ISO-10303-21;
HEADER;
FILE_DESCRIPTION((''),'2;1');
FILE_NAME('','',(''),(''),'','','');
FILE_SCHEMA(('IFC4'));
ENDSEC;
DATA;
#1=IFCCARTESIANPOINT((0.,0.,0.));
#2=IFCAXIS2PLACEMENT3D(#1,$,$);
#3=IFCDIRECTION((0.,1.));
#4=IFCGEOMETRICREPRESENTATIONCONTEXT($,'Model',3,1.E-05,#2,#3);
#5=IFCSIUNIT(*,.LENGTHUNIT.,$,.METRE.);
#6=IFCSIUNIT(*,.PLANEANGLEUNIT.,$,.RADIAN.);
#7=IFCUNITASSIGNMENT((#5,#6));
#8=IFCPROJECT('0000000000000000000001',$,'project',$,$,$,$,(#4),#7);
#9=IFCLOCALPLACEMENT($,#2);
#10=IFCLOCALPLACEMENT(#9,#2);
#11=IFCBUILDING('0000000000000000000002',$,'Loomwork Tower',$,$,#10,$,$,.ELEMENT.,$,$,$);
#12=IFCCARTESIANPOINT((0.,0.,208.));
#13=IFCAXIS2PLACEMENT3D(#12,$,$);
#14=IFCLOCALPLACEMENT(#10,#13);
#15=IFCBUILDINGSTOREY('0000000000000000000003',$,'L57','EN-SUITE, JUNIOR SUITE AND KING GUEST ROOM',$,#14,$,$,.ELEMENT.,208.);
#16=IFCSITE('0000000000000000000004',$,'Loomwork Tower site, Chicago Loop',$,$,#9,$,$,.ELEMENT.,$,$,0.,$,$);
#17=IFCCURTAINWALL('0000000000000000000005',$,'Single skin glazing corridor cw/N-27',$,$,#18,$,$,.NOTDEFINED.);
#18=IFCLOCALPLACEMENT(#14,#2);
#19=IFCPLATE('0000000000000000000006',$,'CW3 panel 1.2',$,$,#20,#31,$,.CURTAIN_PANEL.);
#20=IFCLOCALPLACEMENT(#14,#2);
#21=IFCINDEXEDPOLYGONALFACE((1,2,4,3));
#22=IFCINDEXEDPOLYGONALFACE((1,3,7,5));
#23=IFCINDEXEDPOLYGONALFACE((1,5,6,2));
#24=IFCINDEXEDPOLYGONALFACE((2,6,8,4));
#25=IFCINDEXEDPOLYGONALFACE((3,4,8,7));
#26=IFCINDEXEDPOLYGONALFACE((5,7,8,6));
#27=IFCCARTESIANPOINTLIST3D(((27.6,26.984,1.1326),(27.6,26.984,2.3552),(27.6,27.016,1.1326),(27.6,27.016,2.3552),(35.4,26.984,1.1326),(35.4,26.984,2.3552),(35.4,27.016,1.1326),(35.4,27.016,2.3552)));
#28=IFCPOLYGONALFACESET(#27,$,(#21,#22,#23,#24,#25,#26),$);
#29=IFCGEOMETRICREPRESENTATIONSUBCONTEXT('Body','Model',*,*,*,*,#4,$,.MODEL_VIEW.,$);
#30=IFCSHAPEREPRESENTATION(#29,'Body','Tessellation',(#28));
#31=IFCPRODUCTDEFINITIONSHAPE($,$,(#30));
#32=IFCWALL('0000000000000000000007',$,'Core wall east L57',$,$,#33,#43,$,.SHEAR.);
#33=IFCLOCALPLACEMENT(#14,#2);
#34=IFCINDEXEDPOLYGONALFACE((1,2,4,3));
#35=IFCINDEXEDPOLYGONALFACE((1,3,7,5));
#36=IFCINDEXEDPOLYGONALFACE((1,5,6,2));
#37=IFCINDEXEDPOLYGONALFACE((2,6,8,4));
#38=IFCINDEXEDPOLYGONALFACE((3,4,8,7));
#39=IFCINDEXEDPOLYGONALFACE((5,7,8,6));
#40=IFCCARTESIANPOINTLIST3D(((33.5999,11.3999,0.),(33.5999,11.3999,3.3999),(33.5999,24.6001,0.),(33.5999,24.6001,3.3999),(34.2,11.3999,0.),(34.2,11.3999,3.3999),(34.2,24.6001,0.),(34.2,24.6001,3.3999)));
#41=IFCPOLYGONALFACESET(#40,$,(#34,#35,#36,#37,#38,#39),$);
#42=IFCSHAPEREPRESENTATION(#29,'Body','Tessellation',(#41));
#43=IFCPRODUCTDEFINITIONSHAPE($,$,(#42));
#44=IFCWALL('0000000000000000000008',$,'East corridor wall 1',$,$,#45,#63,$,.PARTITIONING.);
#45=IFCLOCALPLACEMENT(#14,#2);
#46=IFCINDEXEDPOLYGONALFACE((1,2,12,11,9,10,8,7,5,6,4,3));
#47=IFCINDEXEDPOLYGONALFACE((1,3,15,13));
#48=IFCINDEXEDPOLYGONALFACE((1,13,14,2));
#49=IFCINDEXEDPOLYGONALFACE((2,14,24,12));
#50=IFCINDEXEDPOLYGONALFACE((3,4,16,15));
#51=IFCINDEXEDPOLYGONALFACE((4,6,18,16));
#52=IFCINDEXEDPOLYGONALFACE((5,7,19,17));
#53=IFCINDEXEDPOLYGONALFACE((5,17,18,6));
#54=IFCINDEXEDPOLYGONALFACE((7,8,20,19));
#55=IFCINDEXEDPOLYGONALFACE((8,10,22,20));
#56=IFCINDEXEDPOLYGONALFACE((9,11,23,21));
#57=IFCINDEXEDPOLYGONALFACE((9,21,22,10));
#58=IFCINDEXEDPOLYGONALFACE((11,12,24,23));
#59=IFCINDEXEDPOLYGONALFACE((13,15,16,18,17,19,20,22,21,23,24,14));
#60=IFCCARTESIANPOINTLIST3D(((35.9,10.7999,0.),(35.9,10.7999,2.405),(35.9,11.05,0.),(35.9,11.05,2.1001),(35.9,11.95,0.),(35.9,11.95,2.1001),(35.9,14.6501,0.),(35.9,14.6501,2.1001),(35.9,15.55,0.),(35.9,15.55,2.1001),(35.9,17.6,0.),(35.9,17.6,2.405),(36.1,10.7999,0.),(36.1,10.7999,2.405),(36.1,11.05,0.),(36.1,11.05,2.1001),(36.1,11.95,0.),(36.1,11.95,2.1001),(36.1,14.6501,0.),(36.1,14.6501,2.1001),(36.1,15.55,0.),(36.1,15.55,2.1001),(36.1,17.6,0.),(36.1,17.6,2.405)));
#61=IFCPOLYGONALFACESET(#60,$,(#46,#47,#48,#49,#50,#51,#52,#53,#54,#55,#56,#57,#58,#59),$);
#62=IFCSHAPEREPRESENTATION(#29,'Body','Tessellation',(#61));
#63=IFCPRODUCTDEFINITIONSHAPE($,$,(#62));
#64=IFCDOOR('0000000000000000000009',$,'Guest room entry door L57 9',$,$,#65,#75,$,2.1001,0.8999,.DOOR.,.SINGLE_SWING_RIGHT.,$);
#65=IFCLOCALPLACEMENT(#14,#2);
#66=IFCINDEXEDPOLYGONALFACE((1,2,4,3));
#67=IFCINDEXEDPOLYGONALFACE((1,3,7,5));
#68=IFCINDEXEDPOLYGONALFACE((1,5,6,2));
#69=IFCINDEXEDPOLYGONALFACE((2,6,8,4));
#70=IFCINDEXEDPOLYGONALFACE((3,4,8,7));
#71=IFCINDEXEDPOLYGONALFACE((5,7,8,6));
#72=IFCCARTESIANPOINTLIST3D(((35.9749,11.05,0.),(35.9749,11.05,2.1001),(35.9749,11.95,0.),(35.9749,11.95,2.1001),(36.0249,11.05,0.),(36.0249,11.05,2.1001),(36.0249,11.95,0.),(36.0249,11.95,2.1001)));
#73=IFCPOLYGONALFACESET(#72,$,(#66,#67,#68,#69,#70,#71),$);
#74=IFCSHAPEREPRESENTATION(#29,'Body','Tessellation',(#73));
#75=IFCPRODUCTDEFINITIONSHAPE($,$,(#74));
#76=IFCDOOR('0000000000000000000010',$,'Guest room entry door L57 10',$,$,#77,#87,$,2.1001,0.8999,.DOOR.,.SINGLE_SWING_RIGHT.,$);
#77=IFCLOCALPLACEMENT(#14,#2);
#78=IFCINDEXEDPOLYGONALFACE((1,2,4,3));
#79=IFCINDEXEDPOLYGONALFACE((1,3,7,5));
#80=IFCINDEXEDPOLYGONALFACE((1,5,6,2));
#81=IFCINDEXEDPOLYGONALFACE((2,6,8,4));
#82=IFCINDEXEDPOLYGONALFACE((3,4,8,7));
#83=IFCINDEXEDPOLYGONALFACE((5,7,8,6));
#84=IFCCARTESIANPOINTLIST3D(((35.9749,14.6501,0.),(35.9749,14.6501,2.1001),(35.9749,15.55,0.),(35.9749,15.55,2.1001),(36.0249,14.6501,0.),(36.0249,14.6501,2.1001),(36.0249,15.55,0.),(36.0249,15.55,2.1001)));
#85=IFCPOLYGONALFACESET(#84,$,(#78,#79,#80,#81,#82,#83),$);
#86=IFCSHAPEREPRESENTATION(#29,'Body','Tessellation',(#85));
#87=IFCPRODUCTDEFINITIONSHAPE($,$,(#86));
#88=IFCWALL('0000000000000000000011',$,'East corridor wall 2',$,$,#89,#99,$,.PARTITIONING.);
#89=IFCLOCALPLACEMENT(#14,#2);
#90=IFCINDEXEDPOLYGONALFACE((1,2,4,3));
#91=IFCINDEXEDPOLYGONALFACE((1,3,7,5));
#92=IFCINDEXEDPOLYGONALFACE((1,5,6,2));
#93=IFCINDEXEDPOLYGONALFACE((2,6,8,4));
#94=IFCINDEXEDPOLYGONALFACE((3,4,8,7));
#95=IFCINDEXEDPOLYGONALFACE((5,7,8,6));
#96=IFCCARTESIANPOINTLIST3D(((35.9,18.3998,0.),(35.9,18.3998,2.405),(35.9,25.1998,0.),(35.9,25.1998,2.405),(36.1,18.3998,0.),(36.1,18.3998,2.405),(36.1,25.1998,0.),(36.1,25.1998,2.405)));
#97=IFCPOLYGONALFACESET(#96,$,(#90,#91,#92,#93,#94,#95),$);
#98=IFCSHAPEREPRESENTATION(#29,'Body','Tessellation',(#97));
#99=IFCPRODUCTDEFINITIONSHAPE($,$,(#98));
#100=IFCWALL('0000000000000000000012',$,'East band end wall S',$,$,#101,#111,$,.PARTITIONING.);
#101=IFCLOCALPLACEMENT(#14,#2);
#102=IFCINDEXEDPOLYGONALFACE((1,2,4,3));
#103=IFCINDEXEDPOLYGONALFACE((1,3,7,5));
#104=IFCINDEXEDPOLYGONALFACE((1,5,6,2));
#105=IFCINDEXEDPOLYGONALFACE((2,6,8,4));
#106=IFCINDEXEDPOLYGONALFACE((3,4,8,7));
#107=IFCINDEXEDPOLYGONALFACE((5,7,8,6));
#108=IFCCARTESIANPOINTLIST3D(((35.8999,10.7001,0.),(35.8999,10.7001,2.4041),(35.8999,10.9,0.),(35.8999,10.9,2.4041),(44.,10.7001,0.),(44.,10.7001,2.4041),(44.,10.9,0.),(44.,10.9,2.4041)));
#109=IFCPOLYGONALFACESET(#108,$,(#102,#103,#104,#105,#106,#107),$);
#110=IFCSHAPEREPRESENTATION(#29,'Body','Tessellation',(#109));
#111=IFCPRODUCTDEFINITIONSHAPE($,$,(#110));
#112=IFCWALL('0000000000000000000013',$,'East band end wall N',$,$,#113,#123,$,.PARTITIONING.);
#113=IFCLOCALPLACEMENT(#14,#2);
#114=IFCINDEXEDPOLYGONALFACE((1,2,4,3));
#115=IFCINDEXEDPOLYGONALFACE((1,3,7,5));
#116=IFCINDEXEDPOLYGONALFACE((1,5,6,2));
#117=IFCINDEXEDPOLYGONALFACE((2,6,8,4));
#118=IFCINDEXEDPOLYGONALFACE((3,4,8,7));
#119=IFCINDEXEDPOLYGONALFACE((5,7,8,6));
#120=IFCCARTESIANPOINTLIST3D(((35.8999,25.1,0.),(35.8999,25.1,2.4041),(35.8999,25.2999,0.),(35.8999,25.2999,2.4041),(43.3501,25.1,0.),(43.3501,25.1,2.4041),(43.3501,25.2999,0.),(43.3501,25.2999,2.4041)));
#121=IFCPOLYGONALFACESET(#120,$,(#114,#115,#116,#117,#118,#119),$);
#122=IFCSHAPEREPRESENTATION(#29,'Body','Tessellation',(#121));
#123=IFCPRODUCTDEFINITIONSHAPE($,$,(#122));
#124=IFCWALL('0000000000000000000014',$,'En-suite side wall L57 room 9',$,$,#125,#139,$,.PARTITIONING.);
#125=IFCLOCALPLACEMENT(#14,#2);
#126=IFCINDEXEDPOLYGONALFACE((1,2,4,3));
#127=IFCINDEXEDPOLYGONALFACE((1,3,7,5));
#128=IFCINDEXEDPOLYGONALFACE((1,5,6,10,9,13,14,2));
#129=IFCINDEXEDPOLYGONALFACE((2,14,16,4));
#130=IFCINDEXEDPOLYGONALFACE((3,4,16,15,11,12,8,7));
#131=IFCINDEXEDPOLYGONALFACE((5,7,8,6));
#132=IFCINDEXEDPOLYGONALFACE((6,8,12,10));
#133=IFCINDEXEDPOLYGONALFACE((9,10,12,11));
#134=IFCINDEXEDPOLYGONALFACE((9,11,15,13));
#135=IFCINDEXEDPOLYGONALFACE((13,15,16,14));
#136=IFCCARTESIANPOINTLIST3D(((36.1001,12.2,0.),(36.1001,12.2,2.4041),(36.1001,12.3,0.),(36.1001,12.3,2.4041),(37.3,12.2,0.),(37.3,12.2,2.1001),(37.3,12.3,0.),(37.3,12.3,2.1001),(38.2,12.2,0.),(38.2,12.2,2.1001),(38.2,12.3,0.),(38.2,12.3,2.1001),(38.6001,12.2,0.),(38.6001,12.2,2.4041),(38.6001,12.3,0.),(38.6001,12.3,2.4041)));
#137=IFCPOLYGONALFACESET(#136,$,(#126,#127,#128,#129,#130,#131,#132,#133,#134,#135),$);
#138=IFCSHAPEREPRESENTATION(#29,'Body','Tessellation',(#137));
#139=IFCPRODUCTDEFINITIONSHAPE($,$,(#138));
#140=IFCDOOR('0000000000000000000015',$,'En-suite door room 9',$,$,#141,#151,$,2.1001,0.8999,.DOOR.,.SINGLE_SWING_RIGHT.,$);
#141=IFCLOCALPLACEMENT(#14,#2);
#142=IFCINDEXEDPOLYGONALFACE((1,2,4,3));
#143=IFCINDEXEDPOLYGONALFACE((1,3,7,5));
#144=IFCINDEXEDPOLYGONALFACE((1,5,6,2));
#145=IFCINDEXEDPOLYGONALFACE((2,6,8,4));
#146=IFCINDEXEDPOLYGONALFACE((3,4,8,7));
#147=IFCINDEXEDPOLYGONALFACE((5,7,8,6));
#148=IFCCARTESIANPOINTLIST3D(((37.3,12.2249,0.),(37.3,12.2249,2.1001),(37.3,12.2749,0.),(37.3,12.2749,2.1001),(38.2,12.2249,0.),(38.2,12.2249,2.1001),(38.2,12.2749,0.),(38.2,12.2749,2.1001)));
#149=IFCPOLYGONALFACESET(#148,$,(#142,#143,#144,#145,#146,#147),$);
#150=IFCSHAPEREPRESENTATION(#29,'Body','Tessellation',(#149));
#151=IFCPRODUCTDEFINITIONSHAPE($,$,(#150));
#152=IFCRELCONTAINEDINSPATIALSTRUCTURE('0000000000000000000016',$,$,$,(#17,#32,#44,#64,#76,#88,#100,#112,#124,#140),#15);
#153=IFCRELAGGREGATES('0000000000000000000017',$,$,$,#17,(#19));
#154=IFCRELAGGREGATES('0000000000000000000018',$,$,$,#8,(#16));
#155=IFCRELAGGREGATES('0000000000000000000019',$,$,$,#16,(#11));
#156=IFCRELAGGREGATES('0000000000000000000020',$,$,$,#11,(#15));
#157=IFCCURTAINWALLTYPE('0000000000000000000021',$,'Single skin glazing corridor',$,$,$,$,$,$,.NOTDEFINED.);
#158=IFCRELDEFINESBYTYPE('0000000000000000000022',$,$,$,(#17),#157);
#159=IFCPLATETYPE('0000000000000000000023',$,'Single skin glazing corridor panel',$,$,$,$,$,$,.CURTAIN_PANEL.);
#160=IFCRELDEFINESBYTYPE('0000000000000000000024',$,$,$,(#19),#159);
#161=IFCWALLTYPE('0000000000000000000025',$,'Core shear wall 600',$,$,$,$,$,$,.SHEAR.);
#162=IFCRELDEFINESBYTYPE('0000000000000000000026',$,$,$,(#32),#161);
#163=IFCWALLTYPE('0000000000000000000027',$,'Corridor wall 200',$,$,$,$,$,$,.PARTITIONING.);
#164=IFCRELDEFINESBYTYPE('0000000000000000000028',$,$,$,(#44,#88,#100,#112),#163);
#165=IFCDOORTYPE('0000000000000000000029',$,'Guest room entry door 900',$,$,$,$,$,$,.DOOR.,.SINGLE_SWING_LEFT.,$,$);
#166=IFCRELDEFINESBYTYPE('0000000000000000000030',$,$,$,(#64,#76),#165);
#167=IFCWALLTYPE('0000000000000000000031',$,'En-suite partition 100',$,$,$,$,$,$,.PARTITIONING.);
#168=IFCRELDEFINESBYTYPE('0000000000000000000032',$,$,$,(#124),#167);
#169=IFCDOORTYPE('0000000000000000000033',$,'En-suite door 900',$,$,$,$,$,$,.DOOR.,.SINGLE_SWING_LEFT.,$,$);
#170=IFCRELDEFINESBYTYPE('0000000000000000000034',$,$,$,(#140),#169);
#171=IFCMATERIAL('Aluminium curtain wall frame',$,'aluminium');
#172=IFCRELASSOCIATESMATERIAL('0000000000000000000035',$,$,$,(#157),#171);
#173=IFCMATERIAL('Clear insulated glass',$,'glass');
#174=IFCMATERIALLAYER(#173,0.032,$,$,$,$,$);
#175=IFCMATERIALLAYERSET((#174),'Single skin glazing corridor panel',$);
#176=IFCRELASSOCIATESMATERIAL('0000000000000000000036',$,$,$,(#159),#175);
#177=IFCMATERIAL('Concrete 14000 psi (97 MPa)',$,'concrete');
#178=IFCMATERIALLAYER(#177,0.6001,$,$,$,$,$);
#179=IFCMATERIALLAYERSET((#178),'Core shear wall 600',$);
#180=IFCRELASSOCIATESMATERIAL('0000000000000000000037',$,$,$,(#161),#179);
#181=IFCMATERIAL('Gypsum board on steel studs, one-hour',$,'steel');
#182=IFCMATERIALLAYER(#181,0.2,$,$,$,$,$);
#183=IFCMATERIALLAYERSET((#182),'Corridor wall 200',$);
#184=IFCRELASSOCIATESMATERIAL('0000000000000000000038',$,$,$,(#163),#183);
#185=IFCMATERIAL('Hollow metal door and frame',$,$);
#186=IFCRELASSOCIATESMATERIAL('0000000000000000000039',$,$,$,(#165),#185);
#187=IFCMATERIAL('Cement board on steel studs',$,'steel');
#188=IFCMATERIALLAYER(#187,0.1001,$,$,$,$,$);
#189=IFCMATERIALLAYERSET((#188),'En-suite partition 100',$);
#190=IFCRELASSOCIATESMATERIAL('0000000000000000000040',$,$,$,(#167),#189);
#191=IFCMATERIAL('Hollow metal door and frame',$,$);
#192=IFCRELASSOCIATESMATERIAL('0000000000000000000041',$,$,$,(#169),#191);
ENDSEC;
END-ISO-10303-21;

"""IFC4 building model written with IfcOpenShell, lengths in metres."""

from ifc_helpers import new_model, si_unit, direction, frame, frame_2d, origin, origin_2d, place, context, subcontext, project, spatial, rectangle, extrude, material, layer, layer_set, type_object, element, fill, aggregate, save


model = new_model("IFC4")

# Units and contexts
model_context = context("Model", 3, precision=1e-05, world=origin(), true_north=direction((0.0, 1.0)))
body_context = subcontext(model_context, "Body", "Model", "MODEL_VIEW")
ifc_project = project(units=[si_unit("LENGTHUNIT", "METRE"), si_unit("PLANEANGLEUNIT", "RADIAN")], contexts=[model_context])

# Site, building, storey
site_placement = place(None, origin())
site = spatial("IfcSite", under=ifc_project, at=site_placement, Name="Loomwork Tower site, Chicago Loop", CompositionType="ELEMENT", RefElevation=0.0)
building_placement = place(site_placement, origin())
building = spatial("IfcBuilding", under=site, at=building_placement, Name="Loomwork Tower", CompositionType="ELEMENT")
storey_placement = place(building_placement, frame((0.0, 0.0, 208.0)))
storey = spatial("IfcBuildingStorey", under=building, at=storey_placement, Name="L57", Description="EN-SUITE, JUNIOR SUITE AND KING GUEST ROOM", CompositionType="ELEMENT", Elevation=208.0)

# Curtain wall, plate
ifc_material_1 = material(Name="Aluminium curtain wall frame", Category="aluminium")
curtain_wall_type = type_object("IfcCurtainWallType", Name="Single skin glazing corridor", PredefinedType="NOTDEFINED", material=ifc_material_1)
curtain_wall_placement = place(storey_placement, origin())
curtain_wall = element("IfcCurtainWall", 1, at=curtain_wall_placement, inside=storey, type_object=curtain_wall_type, Name="Single skin glazing corridor cw/N-27", PredefinedType="NOTDEFINED")
ifc_material_2 = material(Name="Clear insulated glass", Category="glass")
ifc_layer_1 = layer(ifc_material_2, 0.032)
ifc_layer_set_1 = layer_set([ifc_layer_1], Name="Single skin glazing corridor panel")
plate_type = type_object("IfcPlateType", Name="Single skin glazing corridor panel", PredefinedType="CURTAIN_PANEL", material=ifc_layer_set_1)
plate_placement = place(storey_placement, frame((31.5, 27.0, 1.1326), z_axis=(0.0, 0.0, 1.0), x_axis=(-1.0, 0.0, 0.0)))
plate = element("IfcPlate", 2, at=plate_placement, type_object=plate_type, Name="CW3 panel 1.2", PredefinedType="CURTAIN_PANEL", context=body_context, shape_type="SweptSolid", body=[
    extrude(rectangle(XDim=7.8, YDim=0.032, at=origin_2d()), origin(), (0.0, 0.0, 1.0), 1.2227),
])
aggregate(curtain_wall, [plate])

# Wall
ifc_material_3 = material(Name="Concrete 14000 psi (97 MPa)", Category="concrete")
ifc_layer_2 = layer(ifc_material_3, 0.6001)
ifc_layer_set_2 = layer_set([ifc_layer_2], Name="Core shear wall 600")
wall_type_1 = type_object("IfcWallType", Name="Core shear wall 600", PredefinedType="SHEAR", material=ifc_layer_set_2)
wall_1_placement = place(storey_placement, frame((33.8999, 11.3999, 0.0), z_axis=(0.0, 0.0, 1.0), x_axis=(0.0, 1.0, 0.0)))
element("IfcWall", 3, at=wall_1_placement, inside=storey, type_object=wall_type_1, Name="Core wall east L57", PredefinedType="SHEAR", context=body_context, shape_type="SweptSolid", body=[
    extrude(rectangle(XDim=13.2002, YDim=0.6001, at=frame_2d((6.6001, 0.0))), origin(), (0.0, 0.0, 1.0), 3.3999),
])

# Wall, openings, doors
ifc_material_4 = material(Name="Gypsum board on steel studs, one-hour", Category="steel")
ifc_layer_3 = layer(ifc_material_4, 0.2)
ifc_layer_set_3 = layer_set([ifc_layer_3], Name="Corridor wall 200")
wall_type_2 = type_object("IfcWallType", Name="Corridor wall 200", PredefinedType="PARTITIONING", material=ifc_layer_set_3)
wall_2_placement = place(storey_placement, frame((36.0, 10.8, 0.0), z_axis=(0.0, 0.0, 1.0), x_axis=(0.0, 1.0, 0.0)))
wall_2 = element("IfcWall", 4, at=wall_2_placement, inside=storey, type_object=wall_type_2, Name="East corridor wall 1", PredefinedType="PARTITIONING", context=body_context, shape_type="SweptSolid", body=[
    extrude(rectangle(XDim=6.8, YDim=0.2, at=frame_2d((3.3999, 0.0))), origin(), (0.0, 0.0, 1.0), 2.405),
])
opening_1_placement = place(wall_2_placement, frame((0.25, 0.0, 0.0)))
opening_1 = element("IfcOpeningElement", 5, at=opening_1_placement, cuts=wall_2, PredefinedType="OPENING", context=body_context, shape_type="SweptSolid", body=[
    extrude(rectangle(XDim=0.8999, YDim=2.1001, at=frame_2d((0.45, 1.05))), frame((0.0, 0.1099, 0.0), z_axis=(0.0, -1.0, 0.0), x_axis=(1.0, 0.0, 0.0)), (0.0, 0.0, 1.0), 0.22),
])
opening_2_placement = place(wall_2_placement, frame((3.8501, 0.0, 0.0)))
opening_2 = element("IfcOpeningElement", 6, at=opening_2_placement, cuts=wall_2, PredefinedType="OPENING", context=body_context, shape_type="SweptSolid", body=[
    extrude(rectangle(XDim=0.8999, YDim=2.1001, at=frame_2d((0.45, 1.05))), frame((0.0, 0.1099, 0.0), z_axis=(0.0, -1.0, 0.0), x_axis=(1.0, 0.0, 0.0)), (0.0, 0.0, 1.0), 0.22),
])
ifc_material_5 = material(Name="Hollow metal door and frame")
door_type_1 = type_object("IfcDoorType", Name="Guest room entry door 900", OperationType="SINGLE_SWING_LEFT", PredefinedType="DOOR", material=ifc_material_5)
door_1_placement = place(opening_1_placement, frame((0.8999, 0.0, 0.0), z_axis=(0.0, 0.0, 1.0), x_axis=(-1.0, 0.0, 0.0)))
door_1 = element("IfcDoor", 7, at=door_1_placement, inside=storey, type_object=door_type_1, Name="Guest room entry door L57 9", OperationType="SINGLE_SWING_RIGHT", OverallHeight=2.1001, OverallWidth=0.8999, PredefinedType="DOOR", context=body_context, shape_type="SweptSolid", body=[
    extrude(rectangle(XDim=0.8999, YDim=2.1001, at=frame_2d((0.45, 1.05))), frame((0.0, 0.0249, 0.0), z_axis=(0.0, -1.0, 0.0), x_axis=(1.0, 0.0, 0.0)), (0.0, 0.0, 1.0), 0.05),
])
fill(opening_1, door_1)
door_2_placement = place(opening_2_placement, frame((0.8999, 0.0, 0.0), z_axis=(0.0, 0.0, 1.0), x_axis=(-1.0, 0.0, 0.0)))
door_2 = element("IfcDoor", 8, at=door_2_placement, inside=storey, type_object=door_type_1, Name="Guest room entry door L57 10", OperationType="SINGLE_SWING_RIGHT", OverallHeight=2.1001, OverallWidth=0.8999, PredefinedType="DOOR", context=body_context, shape_type="SweptSolid", body=[
    extrude(rectangle(XDim=0.8999, YDim=2.1001, at=frame_2d((0.45, 1.05))), frame((0.0, 0.0249, 0.0), z_axis=(0.0, -1.0, 0.0), x_axis=(1.0, 0.0, 0.0)), (0.0, 0.0, 1.0), 0.05),
])
fill(opening_2, door_2)

# Walls
wall_3_placement = place(storey_placement, frame((36.0, 18.3999, 0.0), z_axis=(0.0, 0.0, 1.0), x_axis=(0.0, 1.0, 0.0)))
element("IfcWall", 9, at=wall_3_placement, inside=storey, type_object=wall_type_2, Name="East corridor wall 2", PredefinedType="PARTITIONING", context=body_context, shape_type="SweptSolid", body=[
    extrude(rectangle(XDim=6.8, YDim=0.2, at=frame_2d((3.3999, 0.0))), origin(), (0.0, 0.0, 1.0), 2.405),
])
wall_4_placement = place(storey_placement, frame((35.8999, 10.8, 0.0), z_axis=(0.0, 0.0, 1.0), x_axis=(1.0, 0.0, 0.0)))
element("IfcWall", 10, at=wall_4_placement, inside=storey, type_object=wall_type_2, Name="East band end wall S", PredefinedType="PARTITIONING", context=body_context, shape_type="SweptSolid", body=[
    extrude(rectangle(XDim=8.1001, YDim=0.2, at=frame_2d((4.05, 0.0))), origin(), (0.0, 0.0, 1.0), 2.4041),
])
wall_5_placement = place(storey_placement, frame((35.8999, 25.2, 0.0), z_axis=(0.0, 0.0, 1.0), x_axis=(1.0, 0.0, 0.0)))
element("IfcWall", 11, at=wall_5_placement, inside=storey, type_object=wall_type_2, Name="East band end wall N", PredefinedType="PARTITIONING", context=body_context, shape_type="SweptSolid", body=[
    extrude(rectangle(XDim=7.4502, YDim=0.2, at=frame_2d((3.7251, 0.0))), origin(), (0.0, 0.0, 1.0), 2.4041),
])

# Wall, opening, door
ifc_material_6 = material(Name="Cement board on steel studs", Category="steel")
ifc_layer_4 = layer(ifc_material_6, 0.1001)
ifc_layer_set_4 = layer_set([ifc_layer_4], Name="En-suite partition 100")
wall_type_3 = type_object("IfcWallType", Name="En-suite partition 100", PredefinedType="PARTITIONING", material=ifc_layer_set_4)
wall_6_placement = place(storey_placement, frame((36.1001, 12.25, 0.0), z_axis=(0.0, 0.0, 1.0), x_axis=(1.0, 0.0, 0.0)))
wall_6 = element("IfcWall", 12, at=wall_6_placement, inside=storey, type_object=wall_type_3, Name="En-suite side wall L57 room 9", PredefinedType="PARTITIONING", context=body_context, shape_type="SweptSolid", body=[
    extrude(rectangle(XDim=2.5, YDim=0.1001, at=frame_2d((1.25, 0.0))), origin(), (0.0, 0.0, 1.0), 2.4041),
])
opening_3_placement = place(wall_6_placement, frame((1.2, 0.0, 0.0)))
opening_3 = element("IfcOpeningElement", 13, at=opening_3_placement, cuts=wall_6, PredefinedType="OPENING", context=body_context, shape_type="SweptSolid", body=[
    extrude(rectangle(XDim=0.8999, YDim=2.1001, at=frame_2d((0.45, 1.05))), frame((0.0, 0.0601, 0.0), z_axis=(0.0, -1.0, 0.0), x_axis=(1.0, 0.0, 0.0)), (0.0, 0.0, 1.0), 0.1201),
])
ifc_material_7 = material(Name="Hollow metal door and frame")
door_type_2 = type_object("IfcDoorType", Name="En-suite door 900", OperationType="SINGLE_SWING_LEFT", PredefinedType="DOOR", material=ifc_material_7)
door_3_placement = place(opening_3_placement, origin())
door_3 = element("IfcDoor", 14, at=door_3_placement, inside=storey, type_object=door_type_2, Name="En-suite door room 9", OperationType="SINGLE_SWING_RIGHT", OverallHeight=2.1001, OverallWidth=0.8999, PredefinedType="DOOR", context=body_context, shape_type="SweptSolid", body=[
    extrude(rectangle(XDim=0.8999, YDim=2.1001, at=frame_2d((0.45, 1.05))), frame((0.0, 0.0249, 0.0), z_axis=(0.0, -1.0, 0.0), x_axis=(1.0, 0.0, 0.0)), (0.0, 0.0, 1.0), 0.05),
])
fill(opening_3, door_3)

save(model, "model.ifc")
